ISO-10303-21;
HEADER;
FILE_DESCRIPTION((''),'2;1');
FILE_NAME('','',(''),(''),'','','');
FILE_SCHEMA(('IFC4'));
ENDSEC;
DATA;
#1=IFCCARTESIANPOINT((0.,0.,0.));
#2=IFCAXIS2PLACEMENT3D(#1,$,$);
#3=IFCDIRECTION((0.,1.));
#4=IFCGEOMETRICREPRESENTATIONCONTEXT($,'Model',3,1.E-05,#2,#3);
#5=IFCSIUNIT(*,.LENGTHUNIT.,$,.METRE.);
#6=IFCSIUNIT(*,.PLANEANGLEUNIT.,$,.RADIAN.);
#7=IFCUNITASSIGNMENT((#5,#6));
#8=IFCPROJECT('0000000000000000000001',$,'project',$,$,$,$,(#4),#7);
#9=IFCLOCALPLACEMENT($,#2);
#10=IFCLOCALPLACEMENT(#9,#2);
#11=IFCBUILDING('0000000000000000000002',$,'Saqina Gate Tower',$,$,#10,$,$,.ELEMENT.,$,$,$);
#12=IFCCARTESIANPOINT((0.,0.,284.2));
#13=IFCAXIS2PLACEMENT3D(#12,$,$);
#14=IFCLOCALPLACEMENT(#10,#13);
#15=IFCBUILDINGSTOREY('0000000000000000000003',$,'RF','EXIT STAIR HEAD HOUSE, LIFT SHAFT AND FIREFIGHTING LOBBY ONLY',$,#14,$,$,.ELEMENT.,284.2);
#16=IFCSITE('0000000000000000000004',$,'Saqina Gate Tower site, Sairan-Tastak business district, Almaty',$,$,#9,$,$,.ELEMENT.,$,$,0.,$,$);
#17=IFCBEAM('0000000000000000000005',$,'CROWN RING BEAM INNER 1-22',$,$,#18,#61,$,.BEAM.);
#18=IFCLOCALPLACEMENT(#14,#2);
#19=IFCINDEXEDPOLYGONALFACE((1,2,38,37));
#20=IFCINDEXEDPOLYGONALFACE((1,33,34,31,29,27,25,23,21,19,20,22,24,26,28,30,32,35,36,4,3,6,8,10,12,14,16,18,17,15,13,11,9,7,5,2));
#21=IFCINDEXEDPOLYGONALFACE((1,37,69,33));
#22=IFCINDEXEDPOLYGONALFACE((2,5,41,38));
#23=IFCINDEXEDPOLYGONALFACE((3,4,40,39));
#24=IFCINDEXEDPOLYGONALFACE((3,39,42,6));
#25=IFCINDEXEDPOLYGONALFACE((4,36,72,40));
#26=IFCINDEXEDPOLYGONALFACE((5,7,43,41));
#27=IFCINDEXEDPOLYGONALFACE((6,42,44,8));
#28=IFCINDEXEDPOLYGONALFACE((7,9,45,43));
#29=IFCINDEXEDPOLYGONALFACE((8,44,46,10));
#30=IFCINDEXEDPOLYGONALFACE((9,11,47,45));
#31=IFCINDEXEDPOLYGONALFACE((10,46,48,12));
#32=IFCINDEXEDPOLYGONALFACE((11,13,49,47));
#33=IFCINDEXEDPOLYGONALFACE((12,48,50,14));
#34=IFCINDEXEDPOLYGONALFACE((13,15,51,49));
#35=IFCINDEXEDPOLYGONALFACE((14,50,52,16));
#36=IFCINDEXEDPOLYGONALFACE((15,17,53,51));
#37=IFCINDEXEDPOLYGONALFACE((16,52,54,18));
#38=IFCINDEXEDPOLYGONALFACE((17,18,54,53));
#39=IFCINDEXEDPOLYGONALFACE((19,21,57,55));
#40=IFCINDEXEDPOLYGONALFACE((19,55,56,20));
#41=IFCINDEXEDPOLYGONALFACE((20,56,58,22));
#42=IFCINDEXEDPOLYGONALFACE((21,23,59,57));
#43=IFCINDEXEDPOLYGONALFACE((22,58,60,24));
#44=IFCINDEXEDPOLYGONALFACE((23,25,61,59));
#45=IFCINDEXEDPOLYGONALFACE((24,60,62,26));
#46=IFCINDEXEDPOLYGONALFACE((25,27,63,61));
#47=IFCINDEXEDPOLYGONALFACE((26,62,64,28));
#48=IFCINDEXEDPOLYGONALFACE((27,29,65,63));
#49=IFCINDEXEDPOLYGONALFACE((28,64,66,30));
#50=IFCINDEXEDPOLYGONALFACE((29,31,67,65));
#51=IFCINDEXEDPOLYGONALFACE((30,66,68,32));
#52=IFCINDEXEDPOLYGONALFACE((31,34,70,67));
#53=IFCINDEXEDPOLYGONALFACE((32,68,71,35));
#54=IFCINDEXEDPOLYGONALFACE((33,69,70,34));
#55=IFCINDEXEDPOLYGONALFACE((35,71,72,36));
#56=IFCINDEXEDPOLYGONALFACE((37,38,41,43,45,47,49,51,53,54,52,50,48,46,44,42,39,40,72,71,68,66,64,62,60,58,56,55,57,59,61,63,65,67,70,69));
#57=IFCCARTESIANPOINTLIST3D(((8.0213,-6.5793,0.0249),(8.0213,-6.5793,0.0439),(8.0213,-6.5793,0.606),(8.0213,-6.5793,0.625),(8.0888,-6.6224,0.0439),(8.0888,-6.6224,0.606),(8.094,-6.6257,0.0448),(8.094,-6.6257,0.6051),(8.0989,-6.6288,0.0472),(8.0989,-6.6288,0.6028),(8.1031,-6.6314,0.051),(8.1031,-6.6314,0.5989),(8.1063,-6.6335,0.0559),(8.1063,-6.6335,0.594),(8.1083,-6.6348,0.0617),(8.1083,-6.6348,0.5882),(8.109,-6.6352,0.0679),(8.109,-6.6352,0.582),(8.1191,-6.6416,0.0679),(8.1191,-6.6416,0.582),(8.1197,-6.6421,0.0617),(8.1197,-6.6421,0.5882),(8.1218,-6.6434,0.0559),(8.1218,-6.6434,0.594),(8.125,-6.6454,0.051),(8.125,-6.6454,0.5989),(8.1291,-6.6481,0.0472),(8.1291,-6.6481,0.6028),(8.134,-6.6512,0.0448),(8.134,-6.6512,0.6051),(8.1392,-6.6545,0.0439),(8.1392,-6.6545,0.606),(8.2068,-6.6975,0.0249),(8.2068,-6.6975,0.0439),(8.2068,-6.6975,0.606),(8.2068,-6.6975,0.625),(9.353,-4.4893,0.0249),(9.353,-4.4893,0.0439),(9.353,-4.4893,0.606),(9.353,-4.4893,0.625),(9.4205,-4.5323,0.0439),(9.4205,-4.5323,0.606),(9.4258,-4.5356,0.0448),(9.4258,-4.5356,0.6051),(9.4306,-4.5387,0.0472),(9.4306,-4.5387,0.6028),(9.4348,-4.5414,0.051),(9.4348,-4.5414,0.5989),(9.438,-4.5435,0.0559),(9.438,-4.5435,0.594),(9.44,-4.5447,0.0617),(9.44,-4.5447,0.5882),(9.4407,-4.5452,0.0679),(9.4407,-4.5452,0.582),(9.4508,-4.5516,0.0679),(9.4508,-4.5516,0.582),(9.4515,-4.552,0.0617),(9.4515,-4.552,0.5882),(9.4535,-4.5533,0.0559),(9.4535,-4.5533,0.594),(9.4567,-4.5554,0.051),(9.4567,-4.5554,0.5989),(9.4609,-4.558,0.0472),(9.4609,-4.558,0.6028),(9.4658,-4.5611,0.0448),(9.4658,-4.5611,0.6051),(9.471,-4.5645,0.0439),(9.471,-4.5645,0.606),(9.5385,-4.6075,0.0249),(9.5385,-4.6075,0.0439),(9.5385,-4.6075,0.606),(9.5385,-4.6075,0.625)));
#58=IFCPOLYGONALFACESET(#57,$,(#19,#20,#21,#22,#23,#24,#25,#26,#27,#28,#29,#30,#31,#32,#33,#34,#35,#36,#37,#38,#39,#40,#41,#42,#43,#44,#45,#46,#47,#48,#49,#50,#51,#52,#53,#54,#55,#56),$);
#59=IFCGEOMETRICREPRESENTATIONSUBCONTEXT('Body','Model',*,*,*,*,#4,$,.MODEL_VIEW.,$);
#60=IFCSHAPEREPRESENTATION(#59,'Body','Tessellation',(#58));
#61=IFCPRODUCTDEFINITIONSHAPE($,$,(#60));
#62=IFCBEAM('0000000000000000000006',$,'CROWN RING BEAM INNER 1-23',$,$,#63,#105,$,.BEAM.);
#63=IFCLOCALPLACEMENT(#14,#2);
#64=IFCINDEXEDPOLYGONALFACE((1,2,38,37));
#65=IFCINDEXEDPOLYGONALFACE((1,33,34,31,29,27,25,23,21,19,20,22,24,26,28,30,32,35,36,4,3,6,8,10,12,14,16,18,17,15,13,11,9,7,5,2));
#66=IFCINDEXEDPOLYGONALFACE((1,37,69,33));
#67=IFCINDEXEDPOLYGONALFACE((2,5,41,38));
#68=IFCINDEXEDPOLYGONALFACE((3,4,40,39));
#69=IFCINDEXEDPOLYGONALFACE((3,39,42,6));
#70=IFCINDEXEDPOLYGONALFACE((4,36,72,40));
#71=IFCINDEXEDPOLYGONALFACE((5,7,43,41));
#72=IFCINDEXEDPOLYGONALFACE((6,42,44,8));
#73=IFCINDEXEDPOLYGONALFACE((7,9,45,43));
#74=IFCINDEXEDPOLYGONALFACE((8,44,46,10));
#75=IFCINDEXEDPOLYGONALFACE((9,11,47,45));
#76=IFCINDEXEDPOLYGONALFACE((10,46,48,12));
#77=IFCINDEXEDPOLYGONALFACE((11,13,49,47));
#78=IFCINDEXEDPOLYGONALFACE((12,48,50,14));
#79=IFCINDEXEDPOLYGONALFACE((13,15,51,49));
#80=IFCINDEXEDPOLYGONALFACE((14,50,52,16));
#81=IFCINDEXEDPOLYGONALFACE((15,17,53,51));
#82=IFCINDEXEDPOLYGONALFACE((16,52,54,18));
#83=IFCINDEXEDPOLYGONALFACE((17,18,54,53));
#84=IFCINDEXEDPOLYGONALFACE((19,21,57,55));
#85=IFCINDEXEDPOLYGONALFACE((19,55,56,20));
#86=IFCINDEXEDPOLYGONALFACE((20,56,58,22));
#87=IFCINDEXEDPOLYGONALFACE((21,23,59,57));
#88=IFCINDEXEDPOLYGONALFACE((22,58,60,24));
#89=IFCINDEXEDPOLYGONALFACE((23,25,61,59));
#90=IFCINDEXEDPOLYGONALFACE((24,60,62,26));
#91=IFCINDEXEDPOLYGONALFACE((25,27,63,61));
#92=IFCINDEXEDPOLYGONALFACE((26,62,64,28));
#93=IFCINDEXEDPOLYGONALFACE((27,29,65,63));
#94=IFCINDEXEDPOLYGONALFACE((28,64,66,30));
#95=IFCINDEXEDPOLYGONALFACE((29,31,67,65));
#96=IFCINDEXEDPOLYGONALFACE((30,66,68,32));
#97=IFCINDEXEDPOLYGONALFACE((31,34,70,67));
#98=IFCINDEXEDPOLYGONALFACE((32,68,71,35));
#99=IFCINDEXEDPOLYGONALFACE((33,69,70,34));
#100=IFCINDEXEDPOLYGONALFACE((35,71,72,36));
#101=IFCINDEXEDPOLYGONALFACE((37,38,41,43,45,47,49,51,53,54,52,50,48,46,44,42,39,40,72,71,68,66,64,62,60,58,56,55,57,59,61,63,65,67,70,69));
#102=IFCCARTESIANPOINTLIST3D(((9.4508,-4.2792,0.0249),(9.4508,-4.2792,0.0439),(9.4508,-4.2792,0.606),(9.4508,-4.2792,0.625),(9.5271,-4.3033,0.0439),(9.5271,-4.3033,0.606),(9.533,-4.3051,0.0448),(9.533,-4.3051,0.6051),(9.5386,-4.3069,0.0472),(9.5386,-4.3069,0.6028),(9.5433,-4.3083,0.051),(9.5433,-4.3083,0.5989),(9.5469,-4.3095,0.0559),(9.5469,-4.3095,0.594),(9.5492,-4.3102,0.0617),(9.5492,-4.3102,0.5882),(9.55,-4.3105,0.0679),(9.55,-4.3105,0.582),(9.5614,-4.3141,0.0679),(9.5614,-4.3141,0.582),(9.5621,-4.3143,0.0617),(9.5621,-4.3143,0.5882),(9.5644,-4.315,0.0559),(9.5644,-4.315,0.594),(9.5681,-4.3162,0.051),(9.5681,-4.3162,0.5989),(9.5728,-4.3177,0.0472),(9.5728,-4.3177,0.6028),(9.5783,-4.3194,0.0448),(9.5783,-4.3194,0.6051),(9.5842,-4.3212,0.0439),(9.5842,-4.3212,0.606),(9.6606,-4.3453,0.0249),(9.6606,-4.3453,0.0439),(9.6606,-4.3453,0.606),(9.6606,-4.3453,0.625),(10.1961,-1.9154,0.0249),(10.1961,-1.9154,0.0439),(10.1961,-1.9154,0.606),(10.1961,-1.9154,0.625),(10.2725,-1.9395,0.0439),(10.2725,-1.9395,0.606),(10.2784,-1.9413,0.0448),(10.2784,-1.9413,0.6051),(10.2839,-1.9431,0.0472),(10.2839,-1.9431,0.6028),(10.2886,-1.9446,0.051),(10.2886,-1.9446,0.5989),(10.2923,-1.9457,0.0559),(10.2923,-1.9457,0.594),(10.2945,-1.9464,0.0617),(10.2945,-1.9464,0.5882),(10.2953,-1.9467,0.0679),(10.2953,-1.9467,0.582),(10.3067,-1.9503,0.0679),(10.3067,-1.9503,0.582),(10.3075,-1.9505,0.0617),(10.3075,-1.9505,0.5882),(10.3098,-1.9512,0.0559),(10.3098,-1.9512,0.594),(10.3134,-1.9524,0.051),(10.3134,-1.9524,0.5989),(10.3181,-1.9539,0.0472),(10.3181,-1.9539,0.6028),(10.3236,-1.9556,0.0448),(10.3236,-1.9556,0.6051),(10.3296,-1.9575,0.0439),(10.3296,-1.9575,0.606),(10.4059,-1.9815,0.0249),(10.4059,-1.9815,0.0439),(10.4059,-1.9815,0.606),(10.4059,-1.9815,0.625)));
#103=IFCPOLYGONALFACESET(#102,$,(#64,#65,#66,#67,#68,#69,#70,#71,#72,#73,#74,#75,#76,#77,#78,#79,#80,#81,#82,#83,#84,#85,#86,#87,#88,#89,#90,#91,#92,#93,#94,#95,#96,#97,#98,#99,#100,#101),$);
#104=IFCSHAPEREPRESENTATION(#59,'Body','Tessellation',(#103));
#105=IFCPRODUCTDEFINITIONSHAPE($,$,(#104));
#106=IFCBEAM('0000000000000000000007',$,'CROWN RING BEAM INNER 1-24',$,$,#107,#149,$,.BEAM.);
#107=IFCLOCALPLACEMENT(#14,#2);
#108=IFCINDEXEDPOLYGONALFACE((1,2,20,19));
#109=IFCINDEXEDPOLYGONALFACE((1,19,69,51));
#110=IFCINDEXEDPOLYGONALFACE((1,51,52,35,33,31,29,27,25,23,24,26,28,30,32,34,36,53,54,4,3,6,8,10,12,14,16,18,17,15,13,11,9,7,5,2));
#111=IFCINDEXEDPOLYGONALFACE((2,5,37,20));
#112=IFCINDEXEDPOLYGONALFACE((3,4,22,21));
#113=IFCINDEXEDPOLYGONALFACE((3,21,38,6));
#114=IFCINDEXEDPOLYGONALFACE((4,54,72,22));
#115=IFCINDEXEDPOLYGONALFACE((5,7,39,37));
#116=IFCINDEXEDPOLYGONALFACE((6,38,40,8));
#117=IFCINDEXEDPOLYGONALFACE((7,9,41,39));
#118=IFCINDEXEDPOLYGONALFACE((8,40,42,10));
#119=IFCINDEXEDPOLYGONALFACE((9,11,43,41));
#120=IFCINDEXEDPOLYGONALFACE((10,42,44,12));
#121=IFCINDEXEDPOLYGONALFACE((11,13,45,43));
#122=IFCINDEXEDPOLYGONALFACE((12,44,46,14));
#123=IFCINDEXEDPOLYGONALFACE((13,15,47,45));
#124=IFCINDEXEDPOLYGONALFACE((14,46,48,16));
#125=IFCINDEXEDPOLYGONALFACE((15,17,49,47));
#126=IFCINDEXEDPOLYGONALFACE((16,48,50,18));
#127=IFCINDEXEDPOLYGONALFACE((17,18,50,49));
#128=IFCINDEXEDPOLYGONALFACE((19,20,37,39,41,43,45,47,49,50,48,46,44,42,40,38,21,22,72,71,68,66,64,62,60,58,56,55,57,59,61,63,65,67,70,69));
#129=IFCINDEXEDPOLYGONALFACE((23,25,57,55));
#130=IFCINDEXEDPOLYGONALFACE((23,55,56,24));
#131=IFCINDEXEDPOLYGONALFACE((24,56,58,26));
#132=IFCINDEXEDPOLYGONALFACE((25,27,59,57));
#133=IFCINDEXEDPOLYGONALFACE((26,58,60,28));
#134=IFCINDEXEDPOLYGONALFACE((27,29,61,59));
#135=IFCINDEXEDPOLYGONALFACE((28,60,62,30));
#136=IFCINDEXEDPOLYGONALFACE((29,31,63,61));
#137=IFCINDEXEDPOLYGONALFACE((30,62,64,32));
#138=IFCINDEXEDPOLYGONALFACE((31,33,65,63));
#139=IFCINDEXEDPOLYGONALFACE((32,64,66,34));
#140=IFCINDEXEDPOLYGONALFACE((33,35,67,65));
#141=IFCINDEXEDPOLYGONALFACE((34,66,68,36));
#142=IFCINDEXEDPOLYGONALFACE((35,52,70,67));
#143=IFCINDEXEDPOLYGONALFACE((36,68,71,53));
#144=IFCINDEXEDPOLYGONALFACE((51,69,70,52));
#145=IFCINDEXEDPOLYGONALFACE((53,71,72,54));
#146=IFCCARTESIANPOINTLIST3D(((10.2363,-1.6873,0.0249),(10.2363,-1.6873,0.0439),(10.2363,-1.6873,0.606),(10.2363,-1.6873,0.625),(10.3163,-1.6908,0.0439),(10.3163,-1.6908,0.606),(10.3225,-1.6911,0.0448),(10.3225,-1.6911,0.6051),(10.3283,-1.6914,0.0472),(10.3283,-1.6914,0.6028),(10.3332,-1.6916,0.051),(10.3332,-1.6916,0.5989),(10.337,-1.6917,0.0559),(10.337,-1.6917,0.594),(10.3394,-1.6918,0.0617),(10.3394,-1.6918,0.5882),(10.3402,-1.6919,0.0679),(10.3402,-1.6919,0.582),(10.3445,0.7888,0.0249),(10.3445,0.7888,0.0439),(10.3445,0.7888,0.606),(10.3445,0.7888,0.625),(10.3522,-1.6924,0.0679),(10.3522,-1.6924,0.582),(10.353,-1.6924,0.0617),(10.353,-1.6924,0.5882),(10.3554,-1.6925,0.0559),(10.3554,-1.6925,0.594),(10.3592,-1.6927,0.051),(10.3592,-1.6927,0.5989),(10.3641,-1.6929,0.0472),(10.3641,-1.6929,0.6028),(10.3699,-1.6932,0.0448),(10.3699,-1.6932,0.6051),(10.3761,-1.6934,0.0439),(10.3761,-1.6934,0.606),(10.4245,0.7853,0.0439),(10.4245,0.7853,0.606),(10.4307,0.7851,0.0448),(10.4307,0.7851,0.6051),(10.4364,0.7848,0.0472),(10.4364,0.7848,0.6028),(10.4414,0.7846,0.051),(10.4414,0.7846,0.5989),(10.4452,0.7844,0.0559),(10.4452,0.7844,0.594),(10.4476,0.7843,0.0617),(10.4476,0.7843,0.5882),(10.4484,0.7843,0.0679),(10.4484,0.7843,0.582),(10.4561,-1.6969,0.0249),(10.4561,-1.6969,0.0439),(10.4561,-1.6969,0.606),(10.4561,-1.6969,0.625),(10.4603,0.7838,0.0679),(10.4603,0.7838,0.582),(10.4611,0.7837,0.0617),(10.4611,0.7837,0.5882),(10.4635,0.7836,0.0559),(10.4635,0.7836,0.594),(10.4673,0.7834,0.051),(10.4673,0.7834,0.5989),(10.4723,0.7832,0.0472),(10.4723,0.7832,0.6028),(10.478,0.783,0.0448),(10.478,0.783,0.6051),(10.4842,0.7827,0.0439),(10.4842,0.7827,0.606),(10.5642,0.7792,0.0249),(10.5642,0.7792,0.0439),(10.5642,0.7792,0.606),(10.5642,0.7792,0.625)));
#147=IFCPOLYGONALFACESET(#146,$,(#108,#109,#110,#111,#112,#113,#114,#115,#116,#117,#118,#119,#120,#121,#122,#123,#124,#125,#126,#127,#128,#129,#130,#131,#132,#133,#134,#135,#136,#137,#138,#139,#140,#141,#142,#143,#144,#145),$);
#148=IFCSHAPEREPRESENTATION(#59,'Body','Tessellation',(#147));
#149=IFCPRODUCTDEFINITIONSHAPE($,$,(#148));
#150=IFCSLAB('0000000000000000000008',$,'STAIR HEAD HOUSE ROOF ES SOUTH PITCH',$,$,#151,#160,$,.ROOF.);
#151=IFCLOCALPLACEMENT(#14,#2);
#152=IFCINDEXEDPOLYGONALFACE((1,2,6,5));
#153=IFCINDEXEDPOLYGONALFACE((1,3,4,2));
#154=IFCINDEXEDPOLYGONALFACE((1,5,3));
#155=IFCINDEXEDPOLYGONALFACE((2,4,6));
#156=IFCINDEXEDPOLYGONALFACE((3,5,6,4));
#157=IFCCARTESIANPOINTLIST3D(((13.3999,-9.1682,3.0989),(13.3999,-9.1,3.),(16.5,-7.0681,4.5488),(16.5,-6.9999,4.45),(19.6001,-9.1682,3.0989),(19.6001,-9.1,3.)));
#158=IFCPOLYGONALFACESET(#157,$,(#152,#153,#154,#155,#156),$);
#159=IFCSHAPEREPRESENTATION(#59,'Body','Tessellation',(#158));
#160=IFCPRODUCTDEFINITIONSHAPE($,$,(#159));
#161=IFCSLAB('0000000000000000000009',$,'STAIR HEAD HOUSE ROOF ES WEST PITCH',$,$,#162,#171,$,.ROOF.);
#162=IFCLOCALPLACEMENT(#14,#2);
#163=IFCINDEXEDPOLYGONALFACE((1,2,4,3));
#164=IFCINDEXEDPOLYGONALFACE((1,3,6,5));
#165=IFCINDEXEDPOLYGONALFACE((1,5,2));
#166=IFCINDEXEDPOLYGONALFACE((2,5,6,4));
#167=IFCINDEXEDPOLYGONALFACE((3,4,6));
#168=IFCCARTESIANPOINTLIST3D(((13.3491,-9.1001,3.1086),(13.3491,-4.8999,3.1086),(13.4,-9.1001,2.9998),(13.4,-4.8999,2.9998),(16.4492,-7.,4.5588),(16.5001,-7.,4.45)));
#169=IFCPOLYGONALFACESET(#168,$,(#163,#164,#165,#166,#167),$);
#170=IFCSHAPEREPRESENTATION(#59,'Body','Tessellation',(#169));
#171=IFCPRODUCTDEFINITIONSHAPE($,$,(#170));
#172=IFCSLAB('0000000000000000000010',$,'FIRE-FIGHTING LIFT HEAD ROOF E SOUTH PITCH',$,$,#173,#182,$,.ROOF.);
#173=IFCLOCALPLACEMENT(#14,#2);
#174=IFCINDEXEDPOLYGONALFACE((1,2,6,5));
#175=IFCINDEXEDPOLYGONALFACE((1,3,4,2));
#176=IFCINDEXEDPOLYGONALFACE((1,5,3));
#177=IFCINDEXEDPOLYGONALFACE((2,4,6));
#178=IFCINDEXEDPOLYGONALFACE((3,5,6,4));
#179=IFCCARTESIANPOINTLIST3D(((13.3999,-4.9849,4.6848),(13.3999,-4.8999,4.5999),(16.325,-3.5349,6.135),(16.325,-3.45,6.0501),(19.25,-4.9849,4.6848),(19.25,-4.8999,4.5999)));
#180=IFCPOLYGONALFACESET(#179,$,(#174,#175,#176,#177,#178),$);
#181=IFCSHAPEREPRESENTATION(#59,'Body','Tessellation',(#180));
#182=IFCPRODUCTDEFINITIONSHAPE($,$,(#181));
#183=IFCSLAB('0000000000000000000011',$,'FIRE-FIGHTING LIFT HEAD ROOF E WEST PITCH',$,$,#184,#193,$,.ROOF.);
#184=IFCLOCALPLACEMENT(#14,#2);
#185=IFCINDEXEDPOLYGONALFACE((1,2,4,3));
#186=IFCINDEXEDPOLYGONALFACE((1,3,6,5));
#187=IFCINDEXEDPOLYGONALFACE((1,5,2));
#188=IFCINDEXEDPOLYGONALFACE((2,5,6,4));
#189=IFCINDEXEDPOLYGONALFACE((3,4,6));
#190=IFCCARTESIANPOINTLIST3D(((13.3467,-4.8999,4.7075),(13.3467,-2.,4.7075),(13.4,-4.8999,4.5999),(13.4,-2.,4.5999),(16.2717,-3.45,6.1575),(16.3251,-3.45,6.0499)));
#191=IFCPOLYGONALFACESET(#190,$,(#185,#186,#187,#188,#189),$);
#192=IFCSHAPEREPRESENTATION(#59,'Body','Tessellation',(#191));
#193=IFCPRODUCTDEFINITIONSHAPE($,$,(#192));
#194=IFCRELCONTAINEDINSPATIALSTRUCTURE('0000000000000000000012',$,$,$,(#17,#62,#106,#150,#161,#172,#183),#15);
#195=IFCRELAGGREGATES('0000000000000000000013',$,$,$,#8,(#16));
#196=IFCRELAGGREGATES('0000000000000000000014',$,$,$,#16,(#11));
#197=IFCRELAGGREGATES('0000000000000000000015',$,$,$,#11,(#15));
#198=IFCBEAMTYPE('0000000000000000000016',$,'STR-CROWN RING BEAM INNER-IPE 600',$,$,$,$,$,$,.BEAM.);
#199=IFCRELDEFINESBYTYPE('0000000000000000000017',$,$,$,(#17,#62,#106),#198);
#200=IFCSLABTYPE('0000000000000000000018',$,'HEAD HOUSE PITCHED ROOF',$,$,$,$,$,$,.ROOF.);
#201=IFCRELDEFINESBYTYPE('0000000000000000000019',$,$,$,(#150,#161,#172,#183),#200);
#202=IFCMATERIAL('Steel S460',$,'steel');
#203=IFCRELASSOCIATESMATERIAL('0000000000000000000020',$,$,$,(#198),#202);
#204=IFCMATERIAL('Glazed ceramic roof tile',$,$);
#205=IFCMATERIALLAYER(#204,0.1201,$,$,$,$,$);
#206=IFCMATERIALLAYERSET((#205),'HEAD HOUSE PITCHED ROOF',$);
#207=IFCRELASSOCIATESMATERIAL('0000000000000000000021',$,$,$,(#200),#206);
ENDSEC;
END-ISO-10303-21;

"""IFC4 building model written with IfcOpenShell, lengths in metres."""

from ifc_helpers import new_model, si_unit, direction, frame, origin, origin_2d, place, context, subcontext, project, spatial, polyline, i_section, outline, extrude, material, layer, layer_set, material_profile, profile_set, type_object, element, save


model = new_model("IFC4")

# Units and contexts
model_context = context("Model", 3, precision=1e-05, world=origin(), true_north=direction((0.0, 1.0)))
body_context = subcontext(model_context, "Body", "Model", "MODEL_VIEW")
ifc_project = project(units=[si_unit("LENGTHUNIT", "METRE"), si_unit("PLANEANGLEUNIT", "RADIAN")], contexts=[model_context])

# Site, building, storey
site_placement = place(None, origin())
site = spatial("IfcSite", under=ifc_project, at=site_placement, Name="Saqina Gate Tower site, Sairan-Tastak business district, Almaty", CompositionType="ELEMENT", RefElevation=0.0)
building_placement = place(site_placement, origin())
building = spatial("IfcBuilding", under=site, at=building_placement, Name="Saqina Gate Tower", CompositionType="ELEMENT")
storey_placement = place(building_placement, frame((0.0, 0.0, 284.2)))
storey = spatial("IfcBuildingStorey", under=building, at=storey_placement, Name="RF", Description="EXIT STAIR HEAD HOUSE, LIFT SHAFT AND FIREFIGHTING LOBBY ONLY", CompositionType="ELEMENT", Elevation=284.2)

# Beams
ifc_material_1 = material(Name="Steel S460", Category="steel")
ifc_material_profile_1 = material_profile(ifc_material_1, i_section(OverallWidth=0.22, OverallDepth=0.6001, WebThickness=0.012, FlangeThickness=0.019, FilletRadius=0.0239, at=origin_2d()), Name="IPE 600")
ifc_profile_set_1 = profile_set([ifc_material_profile_1], Name="Steel S460")
beam_type = type_object("IfcBeamType", Name="STR-CROWN RING BEAM INNER-IPE 600", PredefinedType="BEAM", material=ifc_profile_set_1)
beam_1_placement = place(storey_placement, frame((8.114, -6.6384, 0.325), z_axis=(0.537373, 0.843345, 0.0), x_axis=(-0.843345, 0.537373, 0.0)))
element("IfcBeam", 1, at=beam_1_placement, inside=storey, type_object=beam_type, Name="CROWN RING BEAM INNER 1-22", PredefinedType="BEAM", context=body_context, shape_type="SweptSolid", body=[
    extrude(i_section(OverallWidth=0.22, OverallDepth=0.6001, WebThickness=0.012, FlangeThickness=0.019, FilletRadius=0.0239, at=origin_2d()), origin(), (0.0, 0.0, 1.0), 2.4783),
])
for number, where, z_axis, x_axis, name in (
    (2, (9.5557, -4.3123, 0.325), (0.300731, 0.953709, 0.0), (-0.953709, 0.300731, 0.0), "CROWN RING BEAM INNER 1-23"),
    (3, (10.3462, -1.6921, 0.325), (0.043638, 0.999047, 0.0), (-0.999047, 0.043638, 0.0), "CROWN RING BEAM INNER 1-24"),
):
    element("IfcBeam", number, at=place(storey_placement, frame(where, z_axis=z_axis, x_axis=x_axis)), inside=storey, type_object=beam_type, Name=name, PredefinedType="BEAM", context=body_context, shape_type="SweptSolid", body=[
        extrude(i_section(OverallWidth=0.22, OverallDepth=0.6001, WebThickness=0.012, FlangeThickness=0.019, FilletRadius=0.0239, at=origin_2d()), origin(), (0.0, 0.0, 1.0), 2.4785),
    ])

# Slabs
ifc_material_2 = material(Name="Glazed ceramic roof tile")
ifc_layer_1 = layer(ifc_material_2, 0.1201)
ifc_layer_set_1 = layer_set([ifc_layer_1], Name="HEAD HOUSE PITCHED ROOF")
slab_type = type_object("IfcSlabType", Name="HEAD HOUSE PITCHED ROOF", PredefinedType="ROOF", material=ifc_layer_set_1)
slab_1_placement = place(storey_placement, frame((13.3999, -9.1682, 3.0989), z_axis=(0.0, -0.56816, 0.822918), x_axis=(1.0, 0.0, 0.0)))
element("IfcSlab", 4, at=slab_1_placement, inside=storey, type_object=slab_type, Name="STAIR HEAD HOUSE ROOF ES SOUTH PITCH", PredefinedType="ROOF", context=body_context, shape_type="SweptSolid", body=[
    extrude(outline(polyline([(0.0, 0.0), (6.2002, 0.0), (3.1001, 2.552), (0.0, 0.0)])), origin(), (0.0, 0.0, -1.0), 0.1201),
])
slab_2_placement = place(storey_placement, frame((13.3491, -4.8999, 3.1086), z_axis=(-0.423721, 0.0, 0.905793), x_axis=(0.0, -1.0, 0.0)))
element("IfcSlab", 5, at=slab_2_placement, inside=storey, type_object=slab_type, Name="STAIR HEAD HOUSE ROOF ES WEST PITCH", PredefinedType="ROOF", context=body_context, shape_type="SweptSolid", body=[
    extrude(outline(polyline([(0.0, 0.0), (4.2002, 0.0), (2.1001, 3.4225), (0.0, 0.0)])), origin(), (0.0, 0.0, -1.0), 0.1201),
])
slab_3_placement = place(storey_placement, frame((13.3999, -4.9849, 4.6848), z_axis=(0.0, -0.707166, 0.707047), x_axis=(1.0, 0.0, 0.0)))
element("IfcSlab", 6, at=slab_3_placement, inside=storey, type_object=slab_type, Name="FIRE-FIGHTING LIFT HEAD ROOF E SOUTH PITCH", PredefinedType="ROOF", context=body_context, shape_type="SweptSolid", body=[
    extrude(outline(polyline([(0.0, 0.0), (5.8501, 0.0), (2.925, 2.0507), (0.0, 0.0)])), origin(), (0.0, 0.0, -1.0), 0.1201),
])
slab_4_placement = place(storey_placement, frame((13.3467, -2.0, 4.7075), z_axis=(-0.44413, 0.0, 0.895962), x_axis=(0.0, -1.0, 0.0)))
element("IfcSlab", 7, at=slab_4_placement, inside=storey, type_object=slab_type, Name="FIRE-FIGHTING LIFT HEAD ROOF E WEST PITCH", PredefinedType="ROOF", context=body_context, shape_type="SweptSolid", body=[
    extrude(outline(polyline([(0.0, 0.0), (2.8999, 0.0), (1.45, 3.2647), (0.0, 0.0)])), origin(), (0.0, 0.0, -1.0), 0.1201),
])

save(model, "model.ifc")
